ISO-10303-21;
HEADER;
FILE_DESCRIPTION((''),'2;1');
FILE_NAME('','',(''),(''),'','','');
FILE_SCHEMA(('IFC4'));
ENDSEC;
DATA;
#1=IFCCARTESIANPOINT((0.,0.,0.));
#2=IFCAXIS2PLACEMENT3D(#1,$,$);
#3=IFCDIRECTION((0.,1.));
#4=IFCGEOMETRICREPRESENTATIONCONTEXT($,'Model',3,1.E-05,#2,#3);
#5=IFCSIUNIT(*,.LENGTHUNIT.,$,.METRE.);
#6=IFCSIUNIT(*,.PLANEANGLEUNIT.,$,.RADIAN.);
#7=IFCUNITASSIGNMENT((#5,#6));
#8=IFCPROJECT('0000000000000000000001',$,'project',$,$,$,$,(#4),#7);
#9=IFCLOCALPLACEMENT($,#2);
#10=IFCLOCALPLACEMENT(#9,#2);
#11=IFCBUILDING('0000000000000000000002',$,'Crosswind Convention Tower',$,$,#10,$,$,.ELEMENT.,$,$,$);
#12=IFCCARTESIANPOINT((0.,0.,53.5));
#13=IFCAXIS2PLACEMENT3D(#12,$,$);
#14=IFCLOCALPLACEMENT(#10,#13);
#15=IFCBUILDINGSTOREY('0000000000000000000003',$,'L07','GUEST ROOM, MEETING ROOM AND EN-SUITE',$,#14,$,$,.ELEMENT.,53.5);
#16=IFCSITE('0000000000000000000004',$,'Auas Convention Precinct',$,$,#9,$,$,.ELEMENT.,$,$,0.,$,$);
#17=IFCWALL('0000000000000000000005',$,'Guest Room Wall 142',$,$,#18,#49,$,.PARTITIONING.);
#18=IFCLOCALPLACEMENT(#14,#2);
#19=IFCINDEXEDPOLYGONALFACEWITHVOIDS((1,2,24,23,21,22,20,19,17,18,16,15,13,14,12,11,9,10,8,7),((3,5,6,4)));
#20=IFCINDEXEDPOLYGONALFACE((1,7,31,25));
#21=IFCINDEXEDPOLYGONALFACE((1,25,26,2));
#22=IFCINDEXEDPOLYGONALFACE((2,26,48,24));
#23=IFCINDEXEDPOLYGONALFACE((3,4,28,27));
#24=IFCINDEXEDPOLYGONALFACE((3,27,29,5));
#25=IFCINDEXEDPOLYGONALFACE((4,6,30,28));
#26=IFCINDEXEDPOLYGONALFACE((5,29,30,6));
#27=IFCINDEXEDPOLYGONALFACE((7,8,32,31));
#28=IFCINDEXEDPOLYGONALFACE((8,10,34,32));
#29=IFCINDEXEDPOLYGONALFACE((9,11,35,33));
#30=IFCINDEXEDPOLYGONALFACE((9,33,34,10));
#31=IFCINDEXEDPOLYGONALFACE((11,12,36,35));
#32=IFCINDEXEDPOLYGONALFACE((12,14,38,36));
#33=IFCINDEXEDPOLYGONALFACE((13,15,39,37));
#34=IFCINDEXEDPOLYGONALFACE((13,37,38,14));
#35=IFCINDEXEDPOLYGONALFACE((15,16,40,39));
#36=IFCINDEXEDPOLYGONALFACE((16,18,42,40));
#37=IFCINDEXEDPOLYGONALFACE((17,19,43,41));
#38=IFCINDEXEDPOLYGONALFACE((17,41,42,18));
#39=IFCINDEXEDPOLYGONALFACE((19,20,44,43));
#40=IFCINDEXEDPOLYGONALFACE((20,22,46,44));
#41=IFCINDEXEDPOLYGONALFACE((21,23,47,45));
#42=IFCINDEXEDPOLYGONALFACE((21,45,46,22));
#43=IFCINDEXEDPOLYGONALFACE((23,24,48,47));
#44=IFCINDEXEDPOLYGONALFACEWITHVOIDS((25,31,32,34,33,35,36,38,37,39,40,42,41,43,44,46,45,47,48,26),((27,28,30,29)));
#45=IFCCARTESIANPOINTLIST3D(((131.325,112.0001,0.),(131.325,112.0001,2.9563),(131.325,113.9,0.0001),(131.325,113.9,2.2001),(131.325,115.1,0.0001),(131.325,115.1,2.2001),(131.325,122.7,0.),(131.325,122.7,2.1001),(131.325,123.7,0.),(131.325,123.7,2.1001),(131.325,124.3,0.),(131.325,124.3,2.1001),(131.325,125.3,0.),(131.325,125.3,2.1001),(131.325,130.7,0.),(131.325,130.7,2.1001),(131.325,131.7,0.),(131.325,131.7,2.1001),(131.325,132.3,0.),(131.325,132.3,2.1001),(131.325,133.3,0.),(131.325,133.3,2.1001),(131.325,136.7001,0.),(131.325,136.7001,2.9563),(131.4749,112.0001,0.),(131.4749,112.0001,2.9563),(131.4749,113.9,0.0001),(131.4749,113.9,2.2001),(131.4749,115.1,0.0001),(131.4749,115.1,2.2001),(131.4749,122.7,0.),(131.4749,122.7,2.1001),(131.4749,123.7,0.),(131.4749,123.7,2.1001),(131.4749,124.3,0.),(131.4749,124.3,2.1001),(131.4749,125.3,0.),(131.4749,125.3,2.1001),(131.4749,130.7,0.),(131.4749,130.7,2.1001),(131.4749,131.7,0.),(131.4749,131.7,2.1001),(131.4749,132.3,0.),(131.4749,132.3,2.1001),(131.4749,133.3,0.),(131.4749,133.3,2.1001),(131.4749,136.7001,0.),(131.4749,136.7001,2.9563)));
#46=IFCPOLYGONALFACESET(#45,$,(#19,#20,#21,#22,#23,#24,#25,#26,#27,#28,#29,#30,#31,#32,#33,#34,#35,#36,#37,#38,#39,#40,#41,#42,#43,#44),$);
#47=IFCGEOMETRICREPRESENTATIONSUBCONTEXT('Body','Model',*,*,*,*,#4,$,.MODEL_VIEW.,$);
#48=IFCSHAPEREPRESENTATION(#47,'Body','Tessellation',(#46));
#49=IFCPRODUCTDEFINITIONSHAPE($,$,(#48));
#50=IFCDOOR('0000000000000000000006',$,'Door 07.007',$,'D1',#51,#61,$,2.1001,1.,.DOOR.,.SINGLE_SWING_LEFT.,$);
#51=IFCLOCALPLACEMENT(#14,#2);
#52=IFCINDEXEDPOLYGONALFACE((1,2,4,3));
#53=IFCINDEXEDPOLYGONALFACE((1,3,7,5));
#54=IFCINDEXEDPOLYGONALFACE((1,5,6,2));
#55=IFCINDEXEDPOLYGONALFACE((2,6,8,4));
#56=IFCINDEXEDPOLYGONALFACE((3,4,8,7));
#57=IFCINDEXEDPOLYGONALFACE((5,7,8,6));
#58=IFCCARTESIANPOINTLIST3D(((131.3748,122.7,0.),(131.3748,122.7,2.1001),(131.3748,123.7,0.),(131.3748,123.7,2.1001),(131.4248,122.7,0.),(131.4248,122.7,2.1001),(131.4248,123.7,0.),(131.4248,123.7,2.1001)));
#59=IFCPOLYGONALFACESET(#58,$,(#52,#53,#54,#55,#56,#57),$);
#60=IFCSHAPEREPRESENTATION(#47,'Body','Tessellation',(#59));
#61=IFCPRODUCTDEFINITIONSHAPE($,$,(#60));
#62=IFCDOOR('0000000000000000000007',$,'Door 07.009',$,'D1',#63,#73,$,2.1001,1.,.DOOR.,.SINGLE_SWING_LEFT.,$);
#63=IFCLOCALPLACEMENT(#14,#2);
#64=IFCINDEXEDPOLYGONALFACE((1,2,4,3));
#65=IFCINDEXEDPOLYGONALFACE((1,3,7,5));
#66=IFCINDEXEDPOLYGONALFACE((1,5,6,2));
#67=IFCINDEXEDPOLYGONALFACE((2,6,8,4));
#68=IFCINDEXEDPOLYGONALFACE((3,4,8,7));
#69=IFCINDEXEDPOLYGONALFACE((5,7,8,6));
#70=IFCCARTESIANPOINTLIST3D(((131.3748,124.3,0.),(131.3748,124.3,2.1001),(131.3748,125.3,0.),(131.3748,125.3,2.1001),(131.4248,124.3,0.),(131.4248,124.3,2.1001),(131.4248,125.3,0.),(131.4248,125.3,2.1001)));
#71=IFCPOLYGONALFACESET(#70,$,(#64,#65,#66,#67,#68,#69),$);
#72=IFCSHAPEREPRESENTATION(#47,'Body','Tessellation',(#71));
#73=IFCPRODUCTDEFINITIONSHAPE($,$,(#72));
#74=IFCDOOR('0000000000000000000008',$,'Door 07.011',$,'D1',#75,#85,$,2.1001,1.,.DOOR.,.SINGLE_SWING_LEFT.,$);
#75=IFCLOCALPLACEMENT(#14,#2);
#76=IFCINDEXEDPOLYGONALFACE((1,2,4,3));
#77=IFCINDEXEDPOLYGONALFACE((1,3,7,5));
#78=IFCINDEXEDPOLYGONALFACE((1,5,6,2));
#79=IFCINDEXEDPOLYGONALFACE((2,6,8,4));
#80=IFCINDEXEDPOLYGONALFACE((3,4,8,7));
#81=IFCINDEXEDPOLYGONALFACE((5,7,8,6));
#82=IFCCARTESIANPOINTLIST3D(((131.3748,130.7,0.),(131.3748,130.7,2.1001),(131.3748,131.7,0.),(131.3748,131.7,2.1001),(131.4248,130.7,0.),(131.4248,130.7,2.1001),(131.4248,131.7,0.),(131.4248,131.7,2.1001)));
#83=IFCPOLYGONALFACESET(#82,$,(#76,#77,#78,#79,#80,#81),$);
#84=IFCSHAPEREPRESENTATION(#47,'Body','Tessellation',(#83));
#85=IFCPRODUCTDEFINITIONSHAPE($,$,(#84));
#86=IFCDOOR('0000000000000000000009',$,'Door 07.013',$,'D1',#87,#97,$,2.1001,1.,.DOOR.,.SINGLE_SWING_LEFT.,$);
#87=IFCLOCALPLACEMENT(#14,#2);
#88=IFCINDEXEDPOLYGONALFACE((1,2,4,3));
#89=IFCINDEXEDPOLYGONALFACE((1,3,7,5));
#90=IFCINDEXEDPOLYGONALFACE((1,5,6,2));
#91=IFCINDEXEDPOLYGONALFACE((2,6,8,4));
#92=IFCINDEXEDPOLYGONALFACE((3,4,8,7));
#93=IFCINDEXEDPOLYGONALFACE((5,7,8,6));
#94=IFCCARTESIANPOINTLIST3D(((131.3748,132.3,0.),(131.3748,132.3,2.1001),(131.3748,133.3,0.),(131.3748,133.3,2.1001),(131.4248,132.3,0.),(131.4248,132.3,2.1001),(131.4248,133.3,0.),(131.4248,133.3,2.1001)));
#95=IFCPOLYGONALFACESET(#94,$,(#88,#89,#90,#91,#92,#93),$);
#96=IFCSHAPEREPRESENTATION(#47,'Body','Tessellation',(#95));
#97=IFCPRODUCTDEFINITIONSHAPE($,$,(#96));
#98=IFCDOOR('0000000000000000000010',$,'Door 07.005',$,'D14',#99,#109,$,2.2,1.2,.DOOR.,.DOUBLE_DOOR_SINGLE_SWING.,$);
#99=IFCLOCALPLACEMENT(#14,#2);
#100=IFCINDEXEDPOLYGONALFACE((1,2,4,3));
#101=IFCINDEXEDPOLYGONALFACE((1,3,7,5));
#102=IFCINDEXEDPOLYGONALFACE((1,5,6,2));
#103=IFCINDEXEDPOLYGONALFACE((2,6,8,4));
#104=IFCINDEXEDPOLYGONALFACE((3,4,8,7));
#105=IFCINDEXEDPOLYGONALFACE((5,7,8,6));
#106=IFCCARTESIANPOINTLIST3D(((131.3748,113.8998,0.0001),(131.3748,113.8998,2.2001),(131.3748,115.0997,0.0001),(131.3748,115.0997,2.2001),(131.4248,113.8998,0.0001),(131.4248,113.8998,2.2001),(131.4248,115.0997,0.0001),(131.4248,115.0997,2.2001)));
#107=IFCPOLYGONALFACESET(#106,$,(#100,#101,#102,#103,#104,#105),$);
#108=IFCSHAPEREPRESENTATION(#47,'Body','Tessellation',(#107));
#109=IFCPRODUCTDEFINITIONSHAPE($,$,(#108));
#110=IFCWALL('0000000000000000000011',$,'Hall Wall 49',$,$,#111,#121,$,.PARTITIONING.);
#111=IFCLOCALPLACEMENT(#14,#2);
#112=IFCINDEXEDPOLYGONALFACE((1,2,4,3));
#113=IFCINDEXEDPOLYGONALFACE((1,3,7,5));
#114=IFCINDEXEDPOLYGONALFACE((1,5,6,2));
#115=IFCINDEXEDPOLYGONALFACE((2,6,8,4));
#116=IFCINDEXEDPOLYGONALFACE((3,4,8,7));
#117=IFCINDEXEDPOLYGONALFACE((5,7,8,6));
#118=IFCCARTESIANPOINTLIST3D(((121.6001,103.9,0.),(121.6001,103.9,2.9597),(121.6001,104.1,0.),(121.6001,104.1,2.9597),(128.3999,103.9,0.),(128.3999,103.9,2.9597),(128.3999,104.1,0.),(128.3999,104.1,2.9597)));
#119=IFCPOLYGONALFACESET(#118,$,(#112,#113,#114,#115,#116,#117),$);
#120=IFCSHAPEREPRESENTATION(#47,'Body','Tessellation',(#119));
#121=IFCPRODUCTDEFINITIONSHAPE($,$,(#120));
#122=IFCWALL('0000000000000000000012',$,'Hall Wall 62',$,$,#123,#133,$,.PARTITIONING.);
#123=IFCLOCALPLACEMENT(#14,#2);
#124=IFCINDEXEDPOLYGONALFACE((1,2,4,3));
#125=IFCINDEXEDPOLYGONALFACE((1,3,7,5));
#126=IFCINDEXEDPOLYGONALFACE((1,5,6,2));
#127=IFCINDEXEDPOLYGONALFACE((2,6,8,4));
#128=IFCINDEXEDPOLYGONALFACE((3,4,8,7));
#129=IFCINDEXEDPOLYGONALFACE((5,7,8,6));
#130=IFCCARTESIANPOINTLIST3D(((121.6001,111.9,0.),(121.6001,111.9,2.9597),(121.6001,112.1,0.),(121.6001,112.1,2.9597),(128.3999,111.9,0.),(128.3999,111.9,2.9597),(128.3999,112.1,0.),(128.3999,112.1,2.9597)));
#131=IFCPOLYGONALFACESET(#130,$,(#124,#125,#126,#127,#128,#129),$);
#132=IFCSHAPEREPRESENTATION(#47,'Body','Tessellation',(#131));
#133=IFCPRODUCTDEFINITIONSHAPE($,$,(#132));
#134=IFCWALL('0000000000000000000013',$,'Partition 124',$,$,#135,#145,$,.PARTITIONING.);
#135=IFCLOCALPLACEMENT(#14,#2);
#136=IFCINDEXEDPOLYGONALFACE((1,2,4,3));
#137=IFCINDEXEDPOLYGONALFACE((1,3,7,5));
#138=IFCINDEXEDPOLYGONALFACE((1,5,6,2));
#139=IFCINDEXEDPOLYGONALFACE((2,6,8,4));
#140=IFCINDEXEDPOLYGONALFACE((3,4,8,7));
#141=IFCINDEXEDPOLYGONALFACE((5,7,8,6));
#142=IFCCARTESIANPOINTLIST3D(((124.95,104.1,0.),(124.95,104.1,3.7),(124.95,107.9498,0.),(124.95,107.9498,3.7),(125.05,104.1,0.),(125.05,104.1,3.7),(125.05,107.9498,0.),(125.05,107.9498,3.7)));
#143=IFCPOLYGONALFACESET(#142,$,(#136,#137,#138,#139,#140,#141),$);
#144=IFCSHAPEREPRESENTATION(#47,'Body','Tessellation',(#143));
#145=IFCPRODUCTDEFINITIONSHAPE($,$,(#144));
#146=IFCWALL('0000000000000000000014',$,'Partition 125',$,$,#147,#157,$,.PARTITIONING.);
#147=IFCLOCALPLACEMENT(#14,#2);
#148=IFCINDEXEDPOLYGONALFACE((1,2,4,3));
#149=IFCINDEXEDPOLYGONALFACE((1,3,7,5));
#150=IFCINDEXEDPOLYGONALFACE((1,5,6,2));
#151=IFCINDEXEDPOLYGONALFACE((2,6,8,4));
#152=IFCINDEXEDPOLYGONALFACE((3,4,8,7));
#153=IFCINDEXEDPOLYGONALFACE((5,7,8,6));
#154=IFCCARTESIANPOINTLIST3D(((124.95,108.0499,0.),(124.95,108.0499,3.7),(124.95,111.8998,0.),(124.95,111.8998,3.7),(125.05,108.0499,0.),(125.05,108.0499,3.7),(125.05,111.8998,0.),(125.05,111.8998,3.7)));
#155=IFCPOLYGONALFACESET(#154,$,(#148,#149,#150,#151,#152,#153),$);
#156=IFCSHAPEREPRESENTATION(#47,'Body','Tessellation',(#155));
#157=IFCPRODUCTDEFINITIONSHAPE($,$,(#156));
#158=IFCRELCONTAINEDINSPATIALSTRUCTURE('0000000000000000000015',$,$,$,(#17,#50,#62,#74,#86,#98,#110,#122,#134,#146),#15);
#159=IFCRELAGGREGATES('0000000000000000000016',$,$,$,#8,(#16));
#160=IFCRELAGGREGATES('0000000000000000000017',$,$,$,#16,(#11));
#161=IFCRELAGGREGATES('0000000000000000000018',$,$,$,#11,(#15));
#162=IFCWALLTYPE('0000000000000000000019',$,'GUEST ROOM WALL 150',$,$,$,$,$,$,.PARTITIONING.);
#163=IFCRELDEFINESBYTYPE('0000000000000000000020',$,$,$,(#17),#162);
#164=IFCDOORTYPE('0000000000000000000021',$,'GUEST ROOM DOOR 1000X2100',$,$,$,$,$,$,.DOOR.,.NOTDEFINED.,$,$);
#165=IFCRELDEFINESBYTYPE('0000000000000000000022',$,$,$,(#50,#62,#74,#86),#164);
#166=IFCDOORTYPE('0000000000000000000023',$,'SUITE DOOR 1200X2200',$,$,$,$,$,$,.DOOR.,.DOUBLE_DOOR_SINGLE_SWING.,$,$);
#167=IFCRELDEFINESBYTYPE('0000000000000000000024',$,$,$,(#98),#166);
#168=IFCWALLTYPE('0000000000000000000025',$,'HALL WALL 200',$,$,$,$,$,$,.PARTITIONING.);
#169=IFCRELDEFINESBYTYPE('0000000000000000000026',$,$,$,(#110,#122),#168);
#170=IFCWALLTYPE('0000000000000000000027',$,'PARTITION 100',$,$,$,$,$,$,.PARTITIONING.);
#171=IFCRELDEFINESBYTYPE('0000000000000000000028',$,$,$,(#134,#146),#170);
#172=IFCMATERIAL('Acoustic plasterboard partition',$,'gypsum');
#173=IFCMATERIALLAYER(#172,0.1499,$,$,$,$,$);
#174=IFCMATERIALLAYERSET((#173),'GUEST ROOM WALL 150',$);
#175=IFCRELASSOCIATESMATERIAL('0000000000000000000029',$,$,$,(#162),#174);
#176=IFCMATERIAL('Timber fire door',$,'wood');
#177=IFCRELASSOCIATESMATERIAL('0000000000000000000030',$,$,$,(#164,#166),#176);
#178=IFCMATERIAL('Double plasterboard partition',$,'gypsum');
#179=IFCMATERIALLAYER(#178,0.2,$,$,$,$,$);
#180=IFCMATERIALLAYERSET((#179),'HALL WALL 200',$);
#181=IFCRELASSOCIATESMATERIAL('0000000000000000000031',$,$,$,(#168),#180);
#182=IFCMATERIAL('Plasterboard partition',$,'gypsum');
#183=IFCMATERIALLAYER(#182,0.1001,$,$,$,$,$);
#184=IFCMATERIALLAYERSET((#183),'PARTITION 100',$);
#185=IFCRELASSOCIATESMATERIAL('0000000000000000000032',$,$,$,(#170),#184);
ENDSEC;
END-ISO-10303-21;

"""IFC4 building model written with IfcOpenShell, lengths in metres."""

from ifc_helpers import new_model, si_unit, direction, frame, frame_2d, origin, place, context, subcontext, project, spatial, rectangle, extrude, material, layer, layer_set, type_object, element, fill, save


model = new_model("IFC4")

# Units and contexts
model_context = context("Model", 3, precision=1e-05, world=origin(), true_north=direction((0.0, 1.0)))
body_context = subcontext(model_context, "Body", "Model", "MODEL_VIEW")
ifc_project = project(units=[si_unit("LENGTHUNIT", "METRE"), si_unit("PLANEANGLEUNIT", "RADIAN")], contexts=[model_context])

# Site, building, storey
site_placement = place(None, origin())
site = spatial("IfcSite", under=ifc_project, at=site_placement, Name="Auas Convention Precinct", CompositionType="ELEMENT", RefElevation=0.0)
building_placement = place(site_placement, origin())
building = spatial("IfcBuilding", under=site, at=building_placement, Name="Crosswind Convention Tower", CompositionType="ELEMENT")
storey_placement = place(building_placement, frame((0.0, 0.0, 53.5)))
storey = spatial("IfcBuildingStorey", under=building, at=storey_placement, Name="L07", Description="GUEST ROOM, MEETING ROOM AND EN-SUITE", CompositionType="ELEMENT", Elevation=53.5)

# Shared definitions
ifc_material_1 = material(Name="Plasterboard partition", Category="gypsum")

# Shared definitions
ifc_material_2 = material(Name="Timber fire door", Category="wood")

# Wall, openings, doors
ifc_material_3 = material(Name="Acoustic plasterboard partition", Category="gypsum")
ifc_layer_1 = layer(ifc_material_3, 0.1499)
ifc_layer_set_1 = layer_set([ifc_layer_1], Name="GUEST ROOM WALL 150")
wall_type_1 = type_object("IfcWallType", Name="GUEST ROOM WALL 150", PredefinedType="PARTITIONING", material=ifc_layer_set_1)
wall_1_placement = place(storey_placement, frame((131.3999, 112.0, 0.0), z_axis=(0.0, 0.0, 1.0), x_axis=(0.0, 1.0, 0.0)))
wall_1 = element("IfcWall", 1, at=wall_1_placement, inside=storey, type_object=wall_type_1, Name="Guest Room Wall 142", PredefinedType="PARTITIONING", context=body_context, shape_type="SweptSolid", body=[
    extrude(rectangle(XDim=24.7, YDim=0.1499, at=frame_2d((12.3501, 0.0))), origin(), (0.0, 0.0, 1.0), 2.9563),
])
opening_1_placement = place(wall_1_placement, frame((1.8999, 0.0, 0.0)))
opening_1 = element("IfcOpeningElement", 2, at=opening_1_placement, cuts=wall_1, PredefinedType="OPENING", context=body_context, shape_type="SweptSolid", body=[
    extrude(rectangle(XDim=1.2, YDim=2.2, at=frame_2d((0.6001, 1.1001))), frame((0.0, 0.085, 0.0), z_axis=(0.0, -1.0, 0.0), x_axis=(1.0, 0.0, 0.0)), (0.0, 0.0, 1.0), 0.1699),
])
opening_2_placement = place(wall_1_placement, frame((10.7, 0.0, 0.0)))
opening_2 = element("IfcOpeningElement", 3, at=opening_2_placement, cuts=wall_1, PredefinedType="OPENING", context=body_context, shape_type="SweptSolid", body=[
    extrude(rectangle(XDim=1.0, YDim=2.1001, at=frame_2d((0.5, 1.05))), frame((0.0, 0.085, 0.0), z_axis=(0.0, -1.0, 0.0), x_axis=(1.0, 0.0, 0.0)), (0.0, 0.0, 1.0), 0.1699),
])
opening_3_placement = place(wall_1_placement, frame((12.3, 0.0, 0.0)))
opening_3 = element("IfcOpeningElement", 4, at=opening_3_placement, cuts=wall_1, PredefinedType="OPENING", context=body_context, shape_type="SweptSolid", body=[
    extrude(rectangle(XDim=1.0, YDim=2.1001, at=frame_2d((0.5, 1.05))), frame((0.0, 0.085, 0.0), z_axis=(0.0, -1.0, 0.0), x_axis=(1.0, 0.0, 0.0)), (0.0, 0.0, 1.0), 0.1699),
])
opening_4_placement = place(wall_1_placement, frame((18.7, 0.0, 0.0)))
opening_4 = element("IfcOpeningElement", 5, at=opening_4_placement, cuts=wall_1, PredefinedType="OPENING", context=body_context, shape_type="SweptSolid", body=[
    extrude(rectangle(XDim=1.0, YDim=2.1001, at=frame_2d((0.5, 1.05))), frame((0.0, 0.085, 0.0), z_axis=(0.0, -1.0, 0.0), x_axis=(1.0, 0.0, 0.0)), (0.0, 0.0, 1.0), 0.1699),
])
opening_5_placement = place(wall_1_placement, frame((20.3, 0.0, 0.0)))
opening_5 = element("IfcOpeningElement", 6, at=opening_5_placement, cuts=wall_1, PredefinedType="OPENING", context=body_context, shape_type="SweptSolid", body=[
    extrude(rectangle(XDim=1.0, YDim=2.1001, at=frame_2d((0.5, 1.05))), frame((0.0, 0.085, 0.0), z_axis=(0.0, -1.0, 0.0), x_axis=(1.0, 0.0, 0.0)), (0.0, 0.0, 1.0), 0.1699),
])
door_type_1 = type_object("IfcDoorType", Name="GUEST ROOM DOOR 1000X2100", OperationType="NOTDEFINED", PredefinedType="DOOR", material=ifc_material_2)
door_1_placement = place(opening_2_placement, frame((1.0, 0.0, 0.0), z_axis=(0.0, 0.0, 1.0), x_axis=(-1.0, 0.0, 0.0)))
door_1 = element("IfcDoor", 7, at=door_1_placement, inside=storey, type_object=door_type_1, Name="Door 07.007", ObjectType="D1", OperationType="SINGLE_SWING_LEFT", OverallHeight=2.1001, OverallWidth=1.0, PredefinedType="DOOR", context=body_context, shape_type="SweptSolid", body=[
    extrude(rectangle(XDim=1.0, YDim=2.1001, at=frame_2d((0.5, 1.05))), frame((0.0, 0.0249, 0.0), z_axis=(0.0, -1.0, 0.0), x_axis=(1.0, 0.0, 0.0)), (0.0, 0.0, 1.0), 0.05),
])
fill(opening_2, door_1)
door_2_placement = place(opening_3_placement, frame((1.0, 0.0, 0.0), z_axis=(0.0, 0.0, 1.0), x_axis=(-1.0, 0.0, 0.0)))
door_2 = element("IfcDoor", 8, at=door_2_placement, inside=storey, type_object=door_type_1, Name="Door 07.009", ObjectType="D1", OperationType="SINGLE_SWING_LEFT", OverallHeight=2.1001, OverallWidth=1.0, PredefinedType="DOOR", context=body_context, shape_type="SweptSolid", body=[
    extrude(rectangle(XDim=1.0, YDim=2.1001, at=frame_2d((0.5, 1.05))), frame((0.0, 0.0249, 0.0), z_axis=(0.0, -1.0, 0.0), x_axis=(1.0, 0.0, 0.0)), (0.0, 0.0, 1.0), 0.05),
])
fill(opening_3, door_2)
door_3_placement = place(opening_4_placement, frame((1.0, 0.0, 0.0), z_axis=(0.0, 0.0, 1.0), x_axis=(-1.0, 0.0, 0.0)))
door_3 = element("IfcDoor", 9, at=door_3_placement, inside=storey, type_object=door_type_1, Name="Door 07.011", ObjectType="D1", OperationType="SINGLE_SWING_LEFT", OverallHeight=2.1001, OverallWidth=1.0, PredefinedType="DOOR", context=body_context, shape_type="SweptSolid", body=[
    extrude(rectangle(XDim=1.0, YDim=2.1001, at=frame_2d((0.5, 1.05))), frame((0.0, 0.0249, 0.0), z_axis=(0.0, -1.0, 0.0), x_axis=(1.0, 0.0, 0.0)), (0.0, 0.0, 1.0), 0.05),
])
fill(opening_4, door_3)
door_4_placement = place(opening_5_placement, frame((1.0, 0.0, 0.0), z_axis=(0.0, 0.0, 1.0), x_axis=(-1.0, 0.0, 0.0)))
door_4 = element("IfcDoor", 10, at=door_4_placement, inside=storey, type_object=door_type_1, Name="Door 07.013", ObjectType="D1", OperationType="SINGLE_SWING_LEFT", OverallHeight=2.1001, OverallWidth=1.0, PredefinedType="DOOR", context=body_context, shape_type="SweptSolid", body=[
    extrude(rectangle(XDim=1.0, YDim=2.1001, at=frame_2d((0.5, 1.05))), frame((0.0, 0.0249, 0.0), z_axis=(0.0, -1.0, 0.0), x_axis=(1.0, 0.0, 0.0)), (0.0, 0.0, 1.0), 0.05),
])
fill(opening_5, door_4)
door_type_2 = type_object("IfcDoorType", Name="SUITE DOOR 1200X2200", OperationType="DOUBLE_DOOR_SINGLE_SWING", PredefinedType="DOOR", material=ifc_material_2)
door_5_placement = place(opening_1_placement, frame((1.2, 0.0, 0.0), z_axis=(0.0, 0.0, 1.0), x_axis=(-1.0, 0.0, 0.0)))
door_5 = element("IfcDoor", 11, at=door_5_placement, inside=storey, type_object=door_type_2, Name="Door 07.005", ObjectType="D14", OperationType="DOUBLE_DOOR_SINGLE_SWING", OverallHeight=2.2, OverallWidth=1.2, PredefinedType="DOOR", context=body_context, shape_type="SweptSolid", body=[
    extrude(rectangle(XDim=1.2, YDim=2.2, at=frame_2d((0.6001, 1.1001))), frame((0.0, 0.0249, 0.0), z_axis=(0.0, -1.0, 0.0), x_axis=(1.0, 0.0, 0.0)), (0.0, 0.0, 1.0), 0.05),
])
fill(opening_1, door_5)

# Walls
ifc_material_4 = material(Name="Double plasterboard partition", Category="gypsum")
ifc_layer_2 = layer(ifc_material_4, 0.2)
ifc_layer_set_2 = layer_set([ifc_layer_2], Name="HALL WALL 200")
wall_type_2 = type_object("IfcWallType", Name="HALL WALL 200", PredefinedType="PARTITIONING", material=ifc_layer_set_2)
for number, where, z_axis, x_axis, name in (
    (12, (121.6001, 104.0, 0.0), (0.0, 0.0, 1.0), (1.0, 0.0, 0.0), "Hall Wall 49"),
    (13, (121.6001, 112.0, 0.0), (0.0, 0.0, 1.0), (1.0, 0.0, 0.0), "Hall Wall 62"),
):
    element("IfcWall", number, at=place(storey_placement, frame(where, z_axis=z_axis, x_axis=x_axis)), inside=storey, type_object=wall_type_2, Name=name, PredefinedType="PARTITIONING", context=body_context, shape_type="SweptSolid", body=[
        extrude(rectangle(XDim=6.7998, YDim=0.2, at=frame_2d((3.3999, 0.0))), origin(), (0.0, 0.0, 1.0), 2.9597),
    ])
ifc_layer_3 = layer(ifc_material_1, 0.1001)
ifc_layer_set_3 = layer_set([ifc_layer_3], Name="PARTITION 100")
wall_type_3 = type_object("IfcWallType", Name="PARTITION 100", PredefinedType="PARTITIONING", material=ifc_layer_set_3)
for number, where, z_axis, x_axis, name in (
    (14, (125.0, 104.1001, 0.0), (0.0, 0.0, 1.0), (0.0, 1.0, 0.0), "Partition 124"),
    (15, (125.0, 108.05, 0.0), (0.0, 0.0, 1.0), (0.0, 1.0, 0.0), "Partition 125"),
):
    element("IfcWall", number, at=place(storey_placement, frame(where, z_axis=z_axis, x_axis=x_axis)), inside=storey, type_object=wall_type_3, Name=name, PredefinedType="PARTITIONING", context=body_context, shape_type="SweptSolid", body=[
        extrude(rectangle(XDim=3.8499, YDim=0.1001, at=frame_2d((1.9248, 0.0))), origin(), (0.0, 0.0, 1.0), 3.7),
    ])

save(model, "model.ifc")
